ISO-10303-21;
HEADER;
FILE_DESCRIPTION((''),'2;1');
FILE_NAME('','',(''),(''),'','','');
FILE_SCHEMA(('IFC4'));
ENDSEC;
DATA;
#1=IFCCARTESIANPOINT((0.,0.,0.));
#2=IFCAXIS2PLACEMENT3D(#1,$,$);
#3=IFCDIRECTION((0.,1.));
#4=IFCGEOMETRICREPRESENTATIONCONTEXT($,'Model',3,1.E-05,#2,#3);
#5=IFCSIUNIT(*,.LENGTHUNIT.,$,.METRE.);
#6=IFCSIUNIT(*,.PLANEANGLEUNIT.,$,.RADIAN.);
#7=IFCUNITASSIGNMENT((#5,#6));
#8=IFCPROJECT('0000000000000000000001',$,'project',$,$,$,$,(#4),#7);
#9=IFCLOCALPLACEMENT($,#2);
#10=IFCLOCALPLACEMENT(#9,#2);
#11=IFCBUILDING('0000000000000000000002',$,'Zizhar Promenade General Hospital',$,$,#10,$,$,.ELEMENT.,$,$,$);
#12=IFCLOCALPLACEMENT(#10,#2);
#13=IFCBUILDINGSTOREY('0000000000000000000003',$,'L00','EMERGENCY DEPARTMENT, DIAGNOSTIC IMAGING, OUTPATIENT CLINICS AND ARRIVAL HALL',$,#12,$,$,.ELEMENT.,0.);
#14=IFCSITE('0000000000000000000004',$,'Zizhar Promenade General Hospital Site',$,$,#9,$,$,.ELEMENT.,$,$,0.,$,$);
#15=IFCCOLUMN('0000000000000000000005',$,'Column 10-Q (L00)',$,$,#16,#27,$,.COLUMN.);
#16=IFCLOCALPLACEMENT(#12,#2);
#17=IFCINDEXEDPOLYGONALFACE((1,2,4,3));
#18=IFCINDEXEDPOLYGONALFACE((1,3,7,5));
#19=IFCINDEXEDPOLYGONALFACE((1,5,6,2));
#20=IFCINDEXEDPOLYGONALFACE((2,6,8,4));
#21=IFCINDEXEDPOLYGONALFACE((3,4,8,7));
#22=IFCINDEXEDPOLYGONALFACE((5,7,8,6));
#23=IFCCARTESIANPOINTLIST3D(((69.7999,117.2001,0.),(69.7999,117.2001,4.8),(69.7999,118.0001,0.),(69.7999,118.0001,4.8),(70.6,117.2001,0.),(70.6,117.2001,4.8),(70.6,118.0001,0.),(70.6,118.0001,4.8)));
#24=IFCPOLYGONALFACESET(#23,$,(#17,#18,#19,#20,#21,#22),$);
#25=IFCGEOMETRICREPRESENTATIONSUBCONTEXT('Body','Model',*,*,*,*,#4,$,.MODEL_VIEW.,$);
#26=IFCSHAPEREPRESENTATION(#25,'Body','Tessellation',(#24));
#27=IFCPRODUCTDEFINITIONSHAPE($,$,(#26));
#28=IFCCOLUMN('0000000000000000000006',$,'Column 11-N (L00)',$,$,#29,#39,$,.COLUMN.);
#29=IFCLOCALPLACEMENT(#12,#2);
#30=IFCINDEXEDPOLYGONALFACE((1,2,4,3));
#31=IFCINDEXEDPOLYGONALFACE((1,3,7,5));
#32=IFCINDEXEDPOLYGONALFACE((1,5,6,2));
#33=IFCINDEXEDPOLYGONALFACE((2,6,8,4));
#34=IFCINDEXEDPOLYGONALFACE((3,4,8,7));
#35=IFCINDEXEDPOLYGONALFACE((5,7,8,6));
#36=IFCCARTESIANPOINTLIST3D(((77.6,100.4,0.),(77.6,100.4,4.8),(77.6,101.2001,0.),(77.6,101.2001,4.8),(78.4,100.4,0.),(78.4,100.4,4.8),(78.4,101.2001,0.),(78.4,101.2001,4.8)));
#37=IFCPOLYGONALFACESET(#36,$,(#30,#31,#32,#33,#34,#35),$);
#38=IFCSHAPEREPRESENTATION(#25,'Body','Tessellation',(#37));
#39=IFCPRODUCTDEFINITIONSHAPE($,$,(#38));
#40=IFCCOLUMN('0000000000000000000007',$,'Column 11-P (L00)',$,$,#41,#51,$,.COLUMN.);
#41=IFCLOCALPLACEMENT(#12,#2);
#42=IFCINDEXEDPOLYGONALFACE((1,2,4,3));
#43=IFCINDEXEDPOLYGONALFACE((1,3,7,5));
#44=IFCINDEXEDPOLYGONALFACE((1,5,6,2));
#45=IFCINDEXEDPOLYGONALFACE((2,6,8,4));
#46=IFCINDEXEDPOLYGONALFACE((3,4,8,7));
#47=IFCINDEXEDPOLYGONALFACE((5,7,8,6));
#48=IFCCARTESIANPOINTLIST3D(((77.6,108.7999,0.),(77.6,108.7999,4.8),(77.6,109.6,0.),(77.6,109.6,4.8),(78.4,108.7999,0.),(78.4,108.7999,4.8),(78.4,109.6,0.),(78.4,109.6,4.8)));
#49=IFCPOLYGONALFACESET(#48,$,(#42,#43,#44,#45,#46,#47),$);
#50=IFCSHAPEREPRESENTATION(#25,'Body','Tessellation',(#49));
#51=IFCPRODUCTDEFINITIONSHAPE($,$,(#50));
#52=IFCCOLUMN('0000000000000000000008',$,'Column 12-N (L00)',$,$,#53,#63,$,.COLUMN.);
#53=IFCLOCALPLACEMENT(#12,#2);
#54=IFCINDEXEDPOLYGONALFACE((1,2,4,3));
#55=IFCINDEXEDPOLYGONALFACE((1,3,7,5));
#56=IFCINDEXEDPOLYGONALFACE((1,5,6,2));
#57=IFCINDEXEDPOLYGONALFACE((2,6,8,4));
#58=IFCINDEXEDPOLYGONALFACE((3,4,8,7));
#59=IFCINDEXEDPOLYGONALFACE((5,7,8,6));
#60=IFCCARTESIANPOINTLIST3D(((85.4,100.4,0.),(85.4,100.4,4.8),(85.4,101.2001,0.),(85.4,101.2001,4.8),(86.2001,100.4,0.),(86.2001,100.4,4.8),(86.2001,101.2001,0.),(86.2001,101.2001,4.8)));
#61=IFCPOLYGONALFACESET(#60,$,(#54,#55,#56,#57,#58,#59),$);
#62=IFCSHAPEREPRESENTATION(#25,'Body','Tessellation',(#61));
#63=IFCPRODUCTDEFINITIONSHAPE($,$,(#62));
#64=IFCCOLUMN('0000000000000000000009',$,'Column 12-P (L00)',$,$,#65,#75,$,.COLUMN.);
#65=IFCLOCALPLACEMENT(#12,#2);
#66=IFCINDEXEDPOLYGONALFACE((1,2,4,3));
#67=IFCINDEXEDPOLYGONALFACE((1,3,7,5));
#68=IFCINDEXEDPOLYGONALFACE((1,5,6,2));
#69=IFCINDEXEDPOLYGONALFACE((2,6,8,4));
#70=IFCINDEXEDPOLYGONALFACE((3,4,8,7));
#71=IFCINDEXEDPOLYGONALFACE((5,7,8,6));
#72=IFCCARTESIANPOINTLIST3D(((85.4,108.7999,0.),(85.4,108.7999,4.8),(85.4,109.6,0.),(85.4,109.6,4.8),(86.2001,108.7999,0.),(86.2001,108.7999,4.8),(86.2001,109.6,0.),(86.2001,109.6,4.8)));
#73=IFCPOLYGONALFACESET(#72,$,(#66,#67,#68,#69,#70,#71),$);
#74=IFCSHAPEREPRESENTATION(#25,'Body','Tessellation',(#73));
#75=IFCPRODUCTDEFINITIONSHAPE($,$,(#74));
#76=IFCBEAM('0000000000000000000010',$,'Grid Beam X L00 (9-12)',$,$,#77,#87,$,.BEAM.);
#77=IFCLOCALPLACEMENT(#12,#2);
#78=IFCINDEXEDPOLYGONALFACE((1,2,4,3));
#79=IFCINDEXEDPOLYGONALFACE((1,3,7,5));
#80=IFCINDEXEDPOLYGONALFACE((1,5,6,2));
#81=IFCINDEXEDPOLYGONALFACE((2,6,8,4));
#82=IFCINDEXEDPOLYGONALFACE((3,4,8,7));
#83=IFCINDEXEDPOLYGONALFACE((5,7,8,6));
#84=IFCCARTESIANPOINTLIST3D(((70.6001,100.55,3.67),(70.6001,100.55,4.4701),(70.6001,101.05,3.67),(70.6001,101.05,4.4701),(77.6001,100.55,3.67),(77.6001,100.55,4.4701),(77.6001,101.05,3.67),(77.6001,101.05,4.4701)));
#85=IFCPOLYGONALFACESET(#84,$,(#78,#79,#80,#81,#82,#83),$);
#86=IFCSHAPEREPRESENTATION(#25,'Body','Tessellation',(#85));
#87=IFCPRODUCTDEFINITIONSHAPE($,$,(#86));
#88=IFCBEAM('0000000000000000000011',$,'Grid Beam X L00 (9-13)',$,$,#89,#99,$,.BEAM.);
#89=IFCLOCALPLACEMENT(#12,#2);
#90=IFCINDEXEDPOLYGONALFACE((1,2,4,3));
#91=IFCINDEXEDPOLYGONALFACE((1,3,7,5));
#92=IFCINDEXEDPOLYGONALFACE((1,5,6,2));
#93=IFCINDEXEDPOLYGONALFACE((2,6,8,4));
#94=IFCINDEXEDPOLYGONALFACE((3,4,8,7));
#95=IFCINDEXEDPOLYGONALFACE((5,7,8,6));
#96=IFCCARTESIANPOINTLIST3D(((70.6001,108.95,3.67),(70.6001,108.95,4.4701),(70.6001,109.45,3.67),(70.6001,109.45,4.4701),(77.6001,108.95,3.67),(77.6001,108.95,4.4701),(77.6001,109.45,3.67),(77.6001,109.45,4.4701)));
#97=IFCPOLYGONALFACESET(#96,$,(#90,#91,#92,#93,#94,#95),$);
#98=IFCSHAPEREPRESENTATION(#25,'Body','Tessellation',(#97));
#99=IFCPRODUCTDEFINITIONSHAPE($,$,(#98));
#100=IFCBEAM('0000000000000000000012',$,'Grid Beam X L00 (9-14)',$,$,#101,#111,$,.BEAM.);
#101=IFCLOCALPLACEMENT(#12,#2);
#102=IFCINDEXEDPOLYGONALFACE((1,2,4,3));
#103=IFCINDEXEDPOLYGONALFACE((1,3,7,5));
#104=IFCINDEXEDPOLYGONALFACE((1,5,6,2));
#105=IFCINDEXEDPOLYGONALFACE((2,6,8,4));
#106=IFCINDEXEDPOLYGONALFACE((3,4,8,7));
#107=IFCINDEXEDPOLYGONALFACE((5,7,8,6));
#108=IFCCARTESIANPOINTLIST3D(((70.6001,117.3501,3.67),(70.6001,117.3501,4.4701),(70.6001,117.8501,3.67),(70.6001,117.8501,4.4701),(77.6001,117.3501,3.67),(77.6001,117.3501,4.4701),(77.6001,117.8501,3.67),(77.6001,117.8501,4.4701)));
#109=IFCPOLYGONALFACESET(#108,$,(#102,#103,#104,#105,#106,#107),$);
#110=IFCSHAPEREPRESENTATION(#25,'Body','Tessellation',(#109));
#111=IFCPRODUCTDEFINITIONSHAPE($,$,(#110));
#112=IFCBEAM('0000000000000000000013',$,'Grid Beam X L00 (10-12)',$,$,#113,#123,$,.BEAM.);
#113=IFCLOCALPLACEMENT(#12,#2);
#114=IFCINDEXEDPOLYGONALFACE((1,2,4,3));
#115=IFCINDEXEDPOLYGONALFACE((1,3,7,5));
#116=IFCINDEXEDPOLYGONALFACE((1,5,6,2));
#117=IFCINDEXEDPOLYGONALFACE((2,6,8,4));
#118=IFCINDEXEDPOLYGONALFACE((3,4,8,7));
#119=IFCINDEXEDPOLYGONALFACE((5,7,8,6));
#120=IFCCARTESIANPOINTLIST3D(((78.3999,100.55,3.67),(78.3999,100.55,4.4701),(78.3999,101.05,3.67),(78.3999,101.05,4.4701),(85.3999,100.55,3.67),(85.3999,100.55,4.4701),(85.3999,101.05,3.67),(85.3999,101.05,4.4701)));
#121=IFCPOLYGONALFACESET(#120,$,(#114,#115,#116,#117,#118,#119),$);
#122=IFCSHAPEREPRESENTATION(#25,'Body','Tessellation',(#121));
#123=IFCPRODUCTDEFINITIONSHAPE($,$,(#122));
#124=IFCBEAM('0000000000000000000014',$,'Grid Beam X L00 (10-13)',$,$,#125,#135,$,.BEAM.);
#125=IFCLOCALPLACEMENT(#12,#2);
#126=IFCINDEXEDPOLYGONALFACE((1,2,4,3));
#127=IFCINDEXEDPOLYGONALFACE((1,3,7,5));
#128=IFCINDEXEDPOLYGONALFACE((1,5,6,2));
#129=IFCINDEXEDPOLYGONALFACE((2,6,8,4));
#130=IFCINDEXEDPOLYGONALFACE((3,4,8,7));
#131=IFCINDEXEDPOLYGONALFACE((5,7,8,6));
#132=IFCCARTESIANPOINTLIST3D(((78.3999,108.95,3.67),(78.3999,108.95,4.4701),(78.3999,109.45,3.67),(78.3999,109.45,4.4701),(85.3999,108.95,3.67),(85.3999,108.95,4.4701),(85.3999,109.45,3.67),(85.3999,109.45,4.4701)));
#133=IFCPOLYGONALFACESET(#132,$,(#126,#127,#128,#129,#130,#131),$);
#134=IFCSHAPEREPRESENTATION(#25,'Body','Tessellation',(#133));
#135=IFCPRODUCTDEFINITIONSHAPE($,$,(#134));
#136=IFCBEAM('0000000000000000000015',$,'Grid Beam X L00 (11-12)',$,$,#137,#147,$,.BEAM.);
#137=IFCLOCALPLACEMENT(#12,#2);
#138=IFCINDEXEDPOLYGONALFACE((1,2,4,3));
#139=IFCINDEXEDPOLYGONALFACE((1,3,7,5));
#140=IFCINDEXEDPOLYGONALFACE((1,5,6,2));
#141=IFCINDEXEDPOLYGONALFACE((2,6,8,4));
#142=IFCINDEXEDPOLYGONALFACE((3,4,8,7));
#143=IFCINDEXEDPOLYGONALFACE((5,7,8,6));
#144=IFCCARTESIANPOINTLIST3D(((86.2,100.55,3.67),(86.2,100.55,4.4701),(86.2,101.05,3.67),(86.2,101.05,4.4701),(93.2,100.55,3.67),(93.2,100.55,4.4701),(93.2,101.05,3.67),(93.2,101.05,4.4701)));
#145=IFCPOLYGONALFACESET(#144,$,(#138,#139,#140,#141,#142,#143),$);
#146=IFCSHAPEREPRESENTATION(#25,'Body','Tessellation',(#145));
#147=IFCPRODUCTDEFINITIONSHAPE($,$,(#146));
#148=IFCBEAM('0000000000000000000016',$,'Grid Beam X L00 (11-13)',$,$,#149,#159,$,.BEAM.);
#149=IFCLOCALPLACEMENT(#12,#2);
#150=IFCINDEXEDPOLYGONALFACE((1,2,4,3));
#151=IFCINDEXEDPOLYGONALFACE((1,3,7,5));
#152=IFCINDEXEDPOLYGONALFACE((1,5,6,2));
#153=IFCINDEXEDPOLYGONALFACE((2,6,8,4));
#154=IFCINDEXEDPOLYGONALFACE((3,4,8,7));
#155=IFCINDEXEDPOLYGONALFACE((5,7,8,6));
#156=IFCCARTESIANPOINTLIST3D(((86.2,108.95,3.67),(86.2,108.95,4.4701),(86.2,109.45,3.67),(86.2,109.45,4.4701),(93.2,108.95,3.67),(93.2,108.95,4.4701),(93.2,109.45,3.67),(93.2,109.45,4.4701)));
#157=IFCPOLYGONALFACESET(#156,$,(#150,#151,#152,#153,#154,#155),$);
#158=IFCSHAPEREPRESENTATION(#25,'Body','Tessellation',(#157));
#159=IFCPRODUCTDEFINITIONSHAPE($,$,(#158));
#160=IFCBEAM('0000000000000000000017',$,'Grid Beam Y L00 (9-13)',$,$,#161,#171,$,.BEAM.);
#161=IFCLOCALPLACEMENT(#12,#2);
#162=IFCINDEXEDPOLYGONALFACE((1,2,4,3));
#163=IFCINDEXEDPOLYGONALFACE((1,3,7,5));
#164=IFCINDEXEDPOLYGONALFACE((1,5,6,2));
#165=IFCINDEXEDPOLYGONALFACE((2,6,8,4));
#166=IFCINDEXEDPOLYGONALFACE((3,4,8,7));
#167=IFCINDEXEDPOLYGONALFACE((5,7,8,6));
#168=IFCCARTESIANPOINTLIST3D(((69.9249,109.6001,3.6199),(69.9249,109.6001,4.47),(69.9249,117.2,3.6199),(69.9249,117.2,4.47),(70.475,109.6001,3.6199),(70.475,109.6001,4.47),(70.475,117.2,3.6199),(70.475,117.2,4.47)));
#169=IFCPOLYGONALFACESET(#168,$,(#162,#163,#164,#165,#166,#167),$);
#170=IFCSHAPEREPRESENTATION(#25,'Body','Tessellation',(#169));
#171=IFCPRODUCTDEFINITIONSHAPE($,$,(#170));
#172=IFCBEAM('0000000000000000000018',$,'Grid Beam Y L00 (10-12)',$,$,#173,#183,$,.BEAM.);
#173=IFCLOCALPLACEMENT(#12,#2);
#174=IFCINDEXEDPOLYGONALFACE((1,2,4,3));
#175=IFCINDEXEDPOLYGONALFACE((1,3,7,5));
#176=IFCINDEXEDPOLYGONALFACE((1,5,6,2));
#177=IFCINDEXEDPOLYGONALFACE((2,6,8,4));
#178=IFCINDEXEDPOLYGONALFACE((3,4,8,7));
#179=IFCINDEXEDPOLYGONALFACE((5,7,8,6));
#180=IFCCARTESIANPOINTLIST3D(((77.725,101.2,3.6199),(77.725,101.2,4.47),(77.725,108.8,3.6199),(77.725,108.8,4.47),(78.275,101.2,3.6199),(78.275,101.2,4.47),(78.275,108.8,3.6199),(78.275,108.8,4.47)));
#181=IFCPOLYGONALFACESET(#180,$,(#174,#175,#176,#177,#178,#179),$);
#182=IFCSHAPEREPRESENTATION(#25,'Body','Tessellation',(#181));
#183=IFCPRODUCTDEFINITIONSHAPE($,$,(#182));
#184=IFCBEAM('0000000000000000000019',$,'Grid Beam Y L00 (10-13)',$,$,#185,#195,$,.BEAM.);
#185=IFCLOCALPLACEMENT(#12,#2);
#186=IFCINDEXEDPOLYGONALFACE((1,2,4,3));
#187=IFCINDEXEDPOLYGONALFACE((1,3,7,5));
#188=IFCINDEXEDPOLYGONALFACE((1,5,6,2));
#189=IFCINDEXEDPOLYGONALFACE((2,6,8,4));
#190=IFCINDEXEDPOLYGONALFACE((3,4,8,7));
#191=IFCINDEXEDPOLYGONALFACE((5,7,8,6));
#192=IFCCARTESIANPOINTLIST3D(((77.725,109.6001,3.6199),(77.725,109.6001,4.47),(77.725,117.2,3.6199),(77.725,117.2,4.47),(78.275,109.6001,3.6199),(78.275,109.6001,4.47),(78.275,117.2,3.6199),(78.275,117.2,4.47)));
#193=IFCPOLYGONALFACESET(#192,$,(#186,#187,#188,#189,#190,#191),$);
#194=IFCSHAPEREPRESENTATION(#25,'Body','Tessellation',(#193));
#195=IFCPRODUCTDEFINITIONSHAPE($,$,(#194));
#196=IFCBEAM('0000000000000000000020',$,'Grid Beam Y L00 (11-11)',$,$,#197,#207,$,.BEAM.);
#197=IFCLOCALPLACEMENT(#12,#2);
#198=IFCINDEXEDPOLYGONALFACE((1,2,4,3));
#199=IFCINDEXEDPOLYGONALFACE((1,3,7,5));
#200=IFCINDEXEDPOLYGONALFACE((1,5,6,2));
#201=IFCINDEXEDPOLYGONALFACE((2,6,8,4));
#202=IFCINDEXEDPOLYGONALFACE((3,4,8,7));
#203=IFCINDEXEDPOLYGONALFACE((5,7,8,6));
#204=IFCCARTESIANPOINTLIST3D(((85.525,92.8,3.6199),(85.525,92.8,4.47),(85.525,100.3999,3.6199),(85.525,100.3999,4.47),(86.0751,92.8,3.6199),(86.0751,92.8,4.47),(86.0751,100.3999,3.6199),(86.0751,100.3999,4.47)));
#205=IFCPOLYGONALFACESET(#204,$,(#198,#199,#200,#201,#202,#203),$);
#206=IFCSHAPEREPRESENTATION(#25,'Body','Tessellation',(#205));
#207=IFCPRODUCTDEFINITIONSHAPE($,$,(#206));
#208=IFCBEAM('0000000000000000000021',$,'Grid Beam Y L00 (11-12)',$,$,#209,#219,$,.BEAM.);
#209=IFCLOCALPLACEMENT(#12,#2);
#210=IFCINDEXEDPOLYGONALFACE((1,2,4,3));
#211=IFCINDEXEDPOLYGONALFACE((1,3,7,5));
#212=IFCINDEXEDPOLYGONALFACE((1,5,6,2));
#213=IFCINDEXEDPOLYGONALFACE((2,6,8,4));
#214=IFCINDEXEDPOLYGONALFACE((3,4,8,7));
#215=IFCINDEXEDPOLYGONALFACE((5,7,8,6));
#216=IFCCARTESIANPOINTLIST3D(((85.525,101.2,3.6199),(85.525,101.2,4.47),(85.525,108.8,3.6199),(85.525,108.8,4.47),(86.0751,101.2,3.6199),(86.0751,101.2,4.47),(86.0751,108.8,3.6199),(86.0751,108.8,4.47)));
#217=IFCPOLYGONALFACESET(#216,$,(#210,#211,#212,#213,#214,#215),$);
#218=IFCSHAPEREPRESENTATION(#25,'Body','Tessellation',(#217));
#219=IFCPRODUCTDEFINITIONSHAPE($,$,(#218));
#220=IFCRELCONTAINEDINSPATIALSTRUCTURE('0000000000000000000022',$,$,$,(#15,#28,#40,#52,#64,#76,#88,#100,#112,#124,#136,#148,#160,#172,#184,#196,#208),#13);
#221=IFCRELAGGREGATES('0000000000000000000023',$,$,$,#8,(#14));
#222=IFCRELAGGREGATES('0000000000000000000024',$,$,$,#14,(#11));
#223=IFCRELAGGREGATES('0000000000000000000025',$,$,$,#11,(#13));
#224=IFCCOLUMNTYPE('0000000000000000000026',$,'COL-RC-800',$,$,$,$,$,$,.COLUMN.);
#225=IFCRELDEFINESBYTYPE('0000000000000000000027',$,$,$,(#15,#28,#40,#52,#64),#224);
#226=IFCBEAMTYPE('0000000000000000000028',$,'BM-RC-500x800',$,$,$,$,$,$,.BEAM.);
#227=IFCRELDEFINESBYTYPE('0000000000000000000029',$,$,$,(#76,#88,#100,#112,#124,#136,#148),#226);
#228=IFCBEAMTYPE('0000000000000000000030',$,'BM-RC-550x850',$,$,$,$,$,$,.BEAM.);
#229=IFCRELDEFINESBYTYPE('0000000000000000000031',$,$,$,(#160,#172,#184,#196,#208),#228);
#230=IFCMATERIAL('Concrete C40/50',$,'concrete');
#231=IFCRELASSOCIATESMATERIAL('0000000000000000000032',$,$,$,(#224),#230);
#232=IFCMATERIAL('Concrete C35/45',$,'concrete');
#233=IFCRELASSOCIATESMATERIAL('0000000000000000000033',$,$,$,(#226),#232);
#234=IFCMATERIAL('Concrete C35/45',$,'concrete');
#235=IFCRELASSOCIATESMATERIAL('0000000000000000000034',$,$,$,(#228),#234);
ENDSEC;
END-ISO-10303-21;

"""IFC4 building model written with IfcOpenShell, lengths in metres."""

from ifc_helpers import new_model, si_unit, direction, frame, origin, origin_2d, place, context, subcontext, project, spatial, rectangle, extrude, material, material_profile, profile_set, type_object, element, save


model = new_model("IFC4")

# Units and contexts
model_context = context("Model", 3, precision=1e-05, world=origin(), true_north=direction((0.0, 1.0)))
body_context = subcontext(model_context, "Body", "Model", "MODEL_VIEW")
ifc_project = project(units=[si_unit("LENGTHUNIT", "METRE"), si_unit("PLANEANGLEUNIT", "RADIAN")], contexts=[model_context])

# Site, building, storey
site_placement = place(None, origin())
site = spatial("IfcSite", under=ifc_project, at=site_placement, Name="Zizhar Promenade General Hospital Site", CompositionType="ELEMENT", RefElevation=0.0)
building_placement = place(site_placement, origin())
building = spatial("IfcBuilding", under=site, at=building_placement, Name="Zizhar Promenade General Hospital", CompositionType="ELEMENT")
storey_placement = place(building_placement, origin())
storey = spatial("IfcBuildingStorey", under=building, at=storey_placement, Name="L00", Description="EMERGENCY DEPARTMENT, DIAGNOSTIC IMAGING, OUTPATIENT CLINICS AND ARRIVAL HALL", CompositionType="ELEMENT", Elevation=0.0)

# Columns
ifc_material_1 = material(Name="Concrete C40/50", Category="concrete")
ifc_material_profile_1 = material_profile(ifc_material_1, rectangle(XDim=0.8, YDim=0.8, at=origin_2d()))
ifc_profile_set_1 = profile_set([ifc_material_profile_1], Name="Concrete C40/50")
column_type = type_object("IfcColumnType", Name="COL-RC-800", PredefinedType="COLUMN", material=ifc_profile_set_1)
for number, where, z_axis, x_axis, name in (
    (1, (70.2, 117.6001, 0.0), (0.0, 0.0, 1.0), (1.0, 0.0, 0.0), "Column 10-Q (L00)"),
    (2, (78.0, 100.8, 0.0), (0.0, 0.0, 1.0), (1.0, 0.0, 0.0), "Column 11-N (L00)"),
    (3, (78.0, 109.2, 0.0), (0.0, 0.0, 1.0), (1.0, 0.0, 0.0), "Column 11-P (L00)"),
    (4, (85.8, 100.8, 0.0), (0.0, 0.0, 1.0), (1.0, 0.0, 0.0), "Column 12-N (L00)"),
    (5, (85.8, 109.2, 0.0), (0.0, 0.0, 1.0), (1.0, 0.0, 0.0), "Column 12-P (L00)"),
):
    element("IfcColumn", number, at=place(storey_placement, frame(where, z_axis=z_axis, x_axis=x_axis)), inside=storey, type_object=column_type, Name=name, PredefinedType="COLUMN", context=body_context, shape_type="SweptSolid", body=[
        extrude(rectangle(XDim=0.8, YDim=0.8, at=origin_2d()), origin(), (0.0, 0.0, 1.0), 4.8),
    ])

# Beams
ifc_material_2 = material(Name="Concrete C35/45", Category="concrete")
ifc_material_profile_2 = material_profile(ifc_material_2, rectangle(XDim=0.5, YDim=0.8, at=origin_2d()))
ifc_profile_set_2 = profile_set([ifc_material_profile_2], Name="Concrete C35/45")
beam_type_1 = type_object("IfcBeamType", Name="BM-RC-500x800", PredefinedType="BEAM", material=ifc_profile_set_2)
for number, where, z_axis, x_axis, name in (
    (6, (70.6001, 100.8, 4.0701), (1.0, 0.0, 0.0), (0.0, 1.0, 0.0), "Grid Beam X L00 (9-12)"),
    (7, (70.6001, 109.2, 4.0701), (1.0, 0.0, 0.0), (0.0, 1.0, 0.0), "Grid Beam X L00 (9-13)"),
    (8, (70.6001, 117.6001, 4.0701), (1.0, 0.0, 0.0), (0.0, 1.0, 0.0), "Grid Beam X L00 (9-14)"),
    (9, (78.3999, 100.8, 4.0701), (1.0, 0.0, 0.0), (0.0, 1.0, 0.0), "Grid Beam X L00 (10-12)"),
    (10, (78.3999, 109.2, 4.0701), (1.0, 0.0, 0.0), (0.0, 1.0, 0.0), "Grid Beam X L00 (10-13)"),
    (11, (86.2, 100.8, 4.0701), (1.0, 0.0, 0.0), (0.0, 1.0, 0.0), "Grid Beam X L00 (11-12)"),
    (12, (86.2, 109.2, 4.0701), (1.0, 0.0, 0.0), (0.0, 1.0, 0.0), "Grid Beam X L00 (11-13)"),
):
    element("IfcBeam", number, at=place(storey_placement, frame(where, z_axis=z_axis, x_axis=x_axis)), inside=storey, type_object=beam_type_1, Name=name, PredefinedType="BEAM", context=body_context, shape_type="SweptSolid", body=[
        extrude(rectangle(XDim=0.5, YDim=0.8, at=origin_2d()), origin(), (0.0, 0.0, 1.0), 7.0),
    ])
ifc_material_3 = material(Name="Concrete C35/45", Category="concrete")
ifc_material_profile_3 = material_profile(ifc_material_3, rectangle(XDim=0.55, YDim=0.8501, at=origin_2d()))
ifc_profile_set_3 = profile_set([ifc_material_profile_3], Name="Concrete C35/45")
beam_type_2 = type_object("IfcBeamType", Name="BM-RC-550x850", PredefinedType="BEAM", material=ifc_profile_set_3)
beam_1_placement = place(storey_placement, frame((70.2, 109.6001, 4.0449), z_axis=(0.0, 1.0, 0.0), x_axis=(-1.0, 0.0, 0.0)))
element("IfcBeam", 13, at=beam_1_placement, inside=storey, type_object=beam_type_2, Name="Grid Beam Y L00 (9-13)", PredefinedType="BEAM", context=body_context, shape_type="SweptSolid", body=[
    extrude(rectangle(XDim=0.55, YDim=0.8501, at=origin_2d()), origin(), (0.0, 0.0, 1.0), 7.5999),
])
beam_2_placement = place(storey_placement, frame((78.0, 101.2, 4.0449), z_axis=(0.0, 1.0, 0.0), x_axis=(-1.0, 0.0, 0.0)))
element("IfcBeam", 14, at=beam_2_placement, inside=storey, type_object=beam_type_2, Name="Grid Beam Y L00 (10-12)", PredefinedType="BEAM", context=body_context, shape_type="SweptSolid", body=[
    extrude(rectangle(XDim=0.55, YDim=0.8501, at=origin_2d()), origin(), (0.0, 0.0, 1.0), 7.6001),
])
for number, where, z_axis, x_axis, name in (
    (15, (78.0, 109.6001, 4.0449), (0.0, 1.0, 0.0), (-1.0, 0.0, 0.0), "Grid Beam Y L00 (10-13)"),
    (16, (85.8, 92.8, 4.0449), (0.0, 1.0, 0.0), (-1.0, 0.0, 0.0), "Grid Beam Y L00 (11-11)"),
):
    element("IfcBeam", number, at=place(storey_placement, frame(where, z_axis=z_axis, x_axis=x_axis)), inside=storey, type_object=beam_type_2, Name=name, PredefinedType="BEAM", context=body_context, shape_type="SweptSolid", body=[
        extrude(rectangle(XDim=0.55, YDim=0.8501, at=origin_2d()), origin(), (0.0, 0.0, 1.0), 7.5999),
    ])
beam_3_placement = place(storey_placement, frame((85.8, 101.2, 4.0449), z_axis=(0.0, 1.0, 0.0), x_axis=(-1.0, 0.0, 0.0)))
element("IfcBeam", 17, at=beam_3_placement, inside=storey, type_object=beam_type_2, Name="Grid Beam Y L00 (11-12)", PredefinedType="BEAM", context=body_context, shape_type="SweptSolid", body=[
    extrude(rectangle(XDim=0.55, YDim=0.8501, at=origin_2d()), origin(), (0.0, 0.0, 1.0), 7.6001),
])

save(model, "model.ifc")
